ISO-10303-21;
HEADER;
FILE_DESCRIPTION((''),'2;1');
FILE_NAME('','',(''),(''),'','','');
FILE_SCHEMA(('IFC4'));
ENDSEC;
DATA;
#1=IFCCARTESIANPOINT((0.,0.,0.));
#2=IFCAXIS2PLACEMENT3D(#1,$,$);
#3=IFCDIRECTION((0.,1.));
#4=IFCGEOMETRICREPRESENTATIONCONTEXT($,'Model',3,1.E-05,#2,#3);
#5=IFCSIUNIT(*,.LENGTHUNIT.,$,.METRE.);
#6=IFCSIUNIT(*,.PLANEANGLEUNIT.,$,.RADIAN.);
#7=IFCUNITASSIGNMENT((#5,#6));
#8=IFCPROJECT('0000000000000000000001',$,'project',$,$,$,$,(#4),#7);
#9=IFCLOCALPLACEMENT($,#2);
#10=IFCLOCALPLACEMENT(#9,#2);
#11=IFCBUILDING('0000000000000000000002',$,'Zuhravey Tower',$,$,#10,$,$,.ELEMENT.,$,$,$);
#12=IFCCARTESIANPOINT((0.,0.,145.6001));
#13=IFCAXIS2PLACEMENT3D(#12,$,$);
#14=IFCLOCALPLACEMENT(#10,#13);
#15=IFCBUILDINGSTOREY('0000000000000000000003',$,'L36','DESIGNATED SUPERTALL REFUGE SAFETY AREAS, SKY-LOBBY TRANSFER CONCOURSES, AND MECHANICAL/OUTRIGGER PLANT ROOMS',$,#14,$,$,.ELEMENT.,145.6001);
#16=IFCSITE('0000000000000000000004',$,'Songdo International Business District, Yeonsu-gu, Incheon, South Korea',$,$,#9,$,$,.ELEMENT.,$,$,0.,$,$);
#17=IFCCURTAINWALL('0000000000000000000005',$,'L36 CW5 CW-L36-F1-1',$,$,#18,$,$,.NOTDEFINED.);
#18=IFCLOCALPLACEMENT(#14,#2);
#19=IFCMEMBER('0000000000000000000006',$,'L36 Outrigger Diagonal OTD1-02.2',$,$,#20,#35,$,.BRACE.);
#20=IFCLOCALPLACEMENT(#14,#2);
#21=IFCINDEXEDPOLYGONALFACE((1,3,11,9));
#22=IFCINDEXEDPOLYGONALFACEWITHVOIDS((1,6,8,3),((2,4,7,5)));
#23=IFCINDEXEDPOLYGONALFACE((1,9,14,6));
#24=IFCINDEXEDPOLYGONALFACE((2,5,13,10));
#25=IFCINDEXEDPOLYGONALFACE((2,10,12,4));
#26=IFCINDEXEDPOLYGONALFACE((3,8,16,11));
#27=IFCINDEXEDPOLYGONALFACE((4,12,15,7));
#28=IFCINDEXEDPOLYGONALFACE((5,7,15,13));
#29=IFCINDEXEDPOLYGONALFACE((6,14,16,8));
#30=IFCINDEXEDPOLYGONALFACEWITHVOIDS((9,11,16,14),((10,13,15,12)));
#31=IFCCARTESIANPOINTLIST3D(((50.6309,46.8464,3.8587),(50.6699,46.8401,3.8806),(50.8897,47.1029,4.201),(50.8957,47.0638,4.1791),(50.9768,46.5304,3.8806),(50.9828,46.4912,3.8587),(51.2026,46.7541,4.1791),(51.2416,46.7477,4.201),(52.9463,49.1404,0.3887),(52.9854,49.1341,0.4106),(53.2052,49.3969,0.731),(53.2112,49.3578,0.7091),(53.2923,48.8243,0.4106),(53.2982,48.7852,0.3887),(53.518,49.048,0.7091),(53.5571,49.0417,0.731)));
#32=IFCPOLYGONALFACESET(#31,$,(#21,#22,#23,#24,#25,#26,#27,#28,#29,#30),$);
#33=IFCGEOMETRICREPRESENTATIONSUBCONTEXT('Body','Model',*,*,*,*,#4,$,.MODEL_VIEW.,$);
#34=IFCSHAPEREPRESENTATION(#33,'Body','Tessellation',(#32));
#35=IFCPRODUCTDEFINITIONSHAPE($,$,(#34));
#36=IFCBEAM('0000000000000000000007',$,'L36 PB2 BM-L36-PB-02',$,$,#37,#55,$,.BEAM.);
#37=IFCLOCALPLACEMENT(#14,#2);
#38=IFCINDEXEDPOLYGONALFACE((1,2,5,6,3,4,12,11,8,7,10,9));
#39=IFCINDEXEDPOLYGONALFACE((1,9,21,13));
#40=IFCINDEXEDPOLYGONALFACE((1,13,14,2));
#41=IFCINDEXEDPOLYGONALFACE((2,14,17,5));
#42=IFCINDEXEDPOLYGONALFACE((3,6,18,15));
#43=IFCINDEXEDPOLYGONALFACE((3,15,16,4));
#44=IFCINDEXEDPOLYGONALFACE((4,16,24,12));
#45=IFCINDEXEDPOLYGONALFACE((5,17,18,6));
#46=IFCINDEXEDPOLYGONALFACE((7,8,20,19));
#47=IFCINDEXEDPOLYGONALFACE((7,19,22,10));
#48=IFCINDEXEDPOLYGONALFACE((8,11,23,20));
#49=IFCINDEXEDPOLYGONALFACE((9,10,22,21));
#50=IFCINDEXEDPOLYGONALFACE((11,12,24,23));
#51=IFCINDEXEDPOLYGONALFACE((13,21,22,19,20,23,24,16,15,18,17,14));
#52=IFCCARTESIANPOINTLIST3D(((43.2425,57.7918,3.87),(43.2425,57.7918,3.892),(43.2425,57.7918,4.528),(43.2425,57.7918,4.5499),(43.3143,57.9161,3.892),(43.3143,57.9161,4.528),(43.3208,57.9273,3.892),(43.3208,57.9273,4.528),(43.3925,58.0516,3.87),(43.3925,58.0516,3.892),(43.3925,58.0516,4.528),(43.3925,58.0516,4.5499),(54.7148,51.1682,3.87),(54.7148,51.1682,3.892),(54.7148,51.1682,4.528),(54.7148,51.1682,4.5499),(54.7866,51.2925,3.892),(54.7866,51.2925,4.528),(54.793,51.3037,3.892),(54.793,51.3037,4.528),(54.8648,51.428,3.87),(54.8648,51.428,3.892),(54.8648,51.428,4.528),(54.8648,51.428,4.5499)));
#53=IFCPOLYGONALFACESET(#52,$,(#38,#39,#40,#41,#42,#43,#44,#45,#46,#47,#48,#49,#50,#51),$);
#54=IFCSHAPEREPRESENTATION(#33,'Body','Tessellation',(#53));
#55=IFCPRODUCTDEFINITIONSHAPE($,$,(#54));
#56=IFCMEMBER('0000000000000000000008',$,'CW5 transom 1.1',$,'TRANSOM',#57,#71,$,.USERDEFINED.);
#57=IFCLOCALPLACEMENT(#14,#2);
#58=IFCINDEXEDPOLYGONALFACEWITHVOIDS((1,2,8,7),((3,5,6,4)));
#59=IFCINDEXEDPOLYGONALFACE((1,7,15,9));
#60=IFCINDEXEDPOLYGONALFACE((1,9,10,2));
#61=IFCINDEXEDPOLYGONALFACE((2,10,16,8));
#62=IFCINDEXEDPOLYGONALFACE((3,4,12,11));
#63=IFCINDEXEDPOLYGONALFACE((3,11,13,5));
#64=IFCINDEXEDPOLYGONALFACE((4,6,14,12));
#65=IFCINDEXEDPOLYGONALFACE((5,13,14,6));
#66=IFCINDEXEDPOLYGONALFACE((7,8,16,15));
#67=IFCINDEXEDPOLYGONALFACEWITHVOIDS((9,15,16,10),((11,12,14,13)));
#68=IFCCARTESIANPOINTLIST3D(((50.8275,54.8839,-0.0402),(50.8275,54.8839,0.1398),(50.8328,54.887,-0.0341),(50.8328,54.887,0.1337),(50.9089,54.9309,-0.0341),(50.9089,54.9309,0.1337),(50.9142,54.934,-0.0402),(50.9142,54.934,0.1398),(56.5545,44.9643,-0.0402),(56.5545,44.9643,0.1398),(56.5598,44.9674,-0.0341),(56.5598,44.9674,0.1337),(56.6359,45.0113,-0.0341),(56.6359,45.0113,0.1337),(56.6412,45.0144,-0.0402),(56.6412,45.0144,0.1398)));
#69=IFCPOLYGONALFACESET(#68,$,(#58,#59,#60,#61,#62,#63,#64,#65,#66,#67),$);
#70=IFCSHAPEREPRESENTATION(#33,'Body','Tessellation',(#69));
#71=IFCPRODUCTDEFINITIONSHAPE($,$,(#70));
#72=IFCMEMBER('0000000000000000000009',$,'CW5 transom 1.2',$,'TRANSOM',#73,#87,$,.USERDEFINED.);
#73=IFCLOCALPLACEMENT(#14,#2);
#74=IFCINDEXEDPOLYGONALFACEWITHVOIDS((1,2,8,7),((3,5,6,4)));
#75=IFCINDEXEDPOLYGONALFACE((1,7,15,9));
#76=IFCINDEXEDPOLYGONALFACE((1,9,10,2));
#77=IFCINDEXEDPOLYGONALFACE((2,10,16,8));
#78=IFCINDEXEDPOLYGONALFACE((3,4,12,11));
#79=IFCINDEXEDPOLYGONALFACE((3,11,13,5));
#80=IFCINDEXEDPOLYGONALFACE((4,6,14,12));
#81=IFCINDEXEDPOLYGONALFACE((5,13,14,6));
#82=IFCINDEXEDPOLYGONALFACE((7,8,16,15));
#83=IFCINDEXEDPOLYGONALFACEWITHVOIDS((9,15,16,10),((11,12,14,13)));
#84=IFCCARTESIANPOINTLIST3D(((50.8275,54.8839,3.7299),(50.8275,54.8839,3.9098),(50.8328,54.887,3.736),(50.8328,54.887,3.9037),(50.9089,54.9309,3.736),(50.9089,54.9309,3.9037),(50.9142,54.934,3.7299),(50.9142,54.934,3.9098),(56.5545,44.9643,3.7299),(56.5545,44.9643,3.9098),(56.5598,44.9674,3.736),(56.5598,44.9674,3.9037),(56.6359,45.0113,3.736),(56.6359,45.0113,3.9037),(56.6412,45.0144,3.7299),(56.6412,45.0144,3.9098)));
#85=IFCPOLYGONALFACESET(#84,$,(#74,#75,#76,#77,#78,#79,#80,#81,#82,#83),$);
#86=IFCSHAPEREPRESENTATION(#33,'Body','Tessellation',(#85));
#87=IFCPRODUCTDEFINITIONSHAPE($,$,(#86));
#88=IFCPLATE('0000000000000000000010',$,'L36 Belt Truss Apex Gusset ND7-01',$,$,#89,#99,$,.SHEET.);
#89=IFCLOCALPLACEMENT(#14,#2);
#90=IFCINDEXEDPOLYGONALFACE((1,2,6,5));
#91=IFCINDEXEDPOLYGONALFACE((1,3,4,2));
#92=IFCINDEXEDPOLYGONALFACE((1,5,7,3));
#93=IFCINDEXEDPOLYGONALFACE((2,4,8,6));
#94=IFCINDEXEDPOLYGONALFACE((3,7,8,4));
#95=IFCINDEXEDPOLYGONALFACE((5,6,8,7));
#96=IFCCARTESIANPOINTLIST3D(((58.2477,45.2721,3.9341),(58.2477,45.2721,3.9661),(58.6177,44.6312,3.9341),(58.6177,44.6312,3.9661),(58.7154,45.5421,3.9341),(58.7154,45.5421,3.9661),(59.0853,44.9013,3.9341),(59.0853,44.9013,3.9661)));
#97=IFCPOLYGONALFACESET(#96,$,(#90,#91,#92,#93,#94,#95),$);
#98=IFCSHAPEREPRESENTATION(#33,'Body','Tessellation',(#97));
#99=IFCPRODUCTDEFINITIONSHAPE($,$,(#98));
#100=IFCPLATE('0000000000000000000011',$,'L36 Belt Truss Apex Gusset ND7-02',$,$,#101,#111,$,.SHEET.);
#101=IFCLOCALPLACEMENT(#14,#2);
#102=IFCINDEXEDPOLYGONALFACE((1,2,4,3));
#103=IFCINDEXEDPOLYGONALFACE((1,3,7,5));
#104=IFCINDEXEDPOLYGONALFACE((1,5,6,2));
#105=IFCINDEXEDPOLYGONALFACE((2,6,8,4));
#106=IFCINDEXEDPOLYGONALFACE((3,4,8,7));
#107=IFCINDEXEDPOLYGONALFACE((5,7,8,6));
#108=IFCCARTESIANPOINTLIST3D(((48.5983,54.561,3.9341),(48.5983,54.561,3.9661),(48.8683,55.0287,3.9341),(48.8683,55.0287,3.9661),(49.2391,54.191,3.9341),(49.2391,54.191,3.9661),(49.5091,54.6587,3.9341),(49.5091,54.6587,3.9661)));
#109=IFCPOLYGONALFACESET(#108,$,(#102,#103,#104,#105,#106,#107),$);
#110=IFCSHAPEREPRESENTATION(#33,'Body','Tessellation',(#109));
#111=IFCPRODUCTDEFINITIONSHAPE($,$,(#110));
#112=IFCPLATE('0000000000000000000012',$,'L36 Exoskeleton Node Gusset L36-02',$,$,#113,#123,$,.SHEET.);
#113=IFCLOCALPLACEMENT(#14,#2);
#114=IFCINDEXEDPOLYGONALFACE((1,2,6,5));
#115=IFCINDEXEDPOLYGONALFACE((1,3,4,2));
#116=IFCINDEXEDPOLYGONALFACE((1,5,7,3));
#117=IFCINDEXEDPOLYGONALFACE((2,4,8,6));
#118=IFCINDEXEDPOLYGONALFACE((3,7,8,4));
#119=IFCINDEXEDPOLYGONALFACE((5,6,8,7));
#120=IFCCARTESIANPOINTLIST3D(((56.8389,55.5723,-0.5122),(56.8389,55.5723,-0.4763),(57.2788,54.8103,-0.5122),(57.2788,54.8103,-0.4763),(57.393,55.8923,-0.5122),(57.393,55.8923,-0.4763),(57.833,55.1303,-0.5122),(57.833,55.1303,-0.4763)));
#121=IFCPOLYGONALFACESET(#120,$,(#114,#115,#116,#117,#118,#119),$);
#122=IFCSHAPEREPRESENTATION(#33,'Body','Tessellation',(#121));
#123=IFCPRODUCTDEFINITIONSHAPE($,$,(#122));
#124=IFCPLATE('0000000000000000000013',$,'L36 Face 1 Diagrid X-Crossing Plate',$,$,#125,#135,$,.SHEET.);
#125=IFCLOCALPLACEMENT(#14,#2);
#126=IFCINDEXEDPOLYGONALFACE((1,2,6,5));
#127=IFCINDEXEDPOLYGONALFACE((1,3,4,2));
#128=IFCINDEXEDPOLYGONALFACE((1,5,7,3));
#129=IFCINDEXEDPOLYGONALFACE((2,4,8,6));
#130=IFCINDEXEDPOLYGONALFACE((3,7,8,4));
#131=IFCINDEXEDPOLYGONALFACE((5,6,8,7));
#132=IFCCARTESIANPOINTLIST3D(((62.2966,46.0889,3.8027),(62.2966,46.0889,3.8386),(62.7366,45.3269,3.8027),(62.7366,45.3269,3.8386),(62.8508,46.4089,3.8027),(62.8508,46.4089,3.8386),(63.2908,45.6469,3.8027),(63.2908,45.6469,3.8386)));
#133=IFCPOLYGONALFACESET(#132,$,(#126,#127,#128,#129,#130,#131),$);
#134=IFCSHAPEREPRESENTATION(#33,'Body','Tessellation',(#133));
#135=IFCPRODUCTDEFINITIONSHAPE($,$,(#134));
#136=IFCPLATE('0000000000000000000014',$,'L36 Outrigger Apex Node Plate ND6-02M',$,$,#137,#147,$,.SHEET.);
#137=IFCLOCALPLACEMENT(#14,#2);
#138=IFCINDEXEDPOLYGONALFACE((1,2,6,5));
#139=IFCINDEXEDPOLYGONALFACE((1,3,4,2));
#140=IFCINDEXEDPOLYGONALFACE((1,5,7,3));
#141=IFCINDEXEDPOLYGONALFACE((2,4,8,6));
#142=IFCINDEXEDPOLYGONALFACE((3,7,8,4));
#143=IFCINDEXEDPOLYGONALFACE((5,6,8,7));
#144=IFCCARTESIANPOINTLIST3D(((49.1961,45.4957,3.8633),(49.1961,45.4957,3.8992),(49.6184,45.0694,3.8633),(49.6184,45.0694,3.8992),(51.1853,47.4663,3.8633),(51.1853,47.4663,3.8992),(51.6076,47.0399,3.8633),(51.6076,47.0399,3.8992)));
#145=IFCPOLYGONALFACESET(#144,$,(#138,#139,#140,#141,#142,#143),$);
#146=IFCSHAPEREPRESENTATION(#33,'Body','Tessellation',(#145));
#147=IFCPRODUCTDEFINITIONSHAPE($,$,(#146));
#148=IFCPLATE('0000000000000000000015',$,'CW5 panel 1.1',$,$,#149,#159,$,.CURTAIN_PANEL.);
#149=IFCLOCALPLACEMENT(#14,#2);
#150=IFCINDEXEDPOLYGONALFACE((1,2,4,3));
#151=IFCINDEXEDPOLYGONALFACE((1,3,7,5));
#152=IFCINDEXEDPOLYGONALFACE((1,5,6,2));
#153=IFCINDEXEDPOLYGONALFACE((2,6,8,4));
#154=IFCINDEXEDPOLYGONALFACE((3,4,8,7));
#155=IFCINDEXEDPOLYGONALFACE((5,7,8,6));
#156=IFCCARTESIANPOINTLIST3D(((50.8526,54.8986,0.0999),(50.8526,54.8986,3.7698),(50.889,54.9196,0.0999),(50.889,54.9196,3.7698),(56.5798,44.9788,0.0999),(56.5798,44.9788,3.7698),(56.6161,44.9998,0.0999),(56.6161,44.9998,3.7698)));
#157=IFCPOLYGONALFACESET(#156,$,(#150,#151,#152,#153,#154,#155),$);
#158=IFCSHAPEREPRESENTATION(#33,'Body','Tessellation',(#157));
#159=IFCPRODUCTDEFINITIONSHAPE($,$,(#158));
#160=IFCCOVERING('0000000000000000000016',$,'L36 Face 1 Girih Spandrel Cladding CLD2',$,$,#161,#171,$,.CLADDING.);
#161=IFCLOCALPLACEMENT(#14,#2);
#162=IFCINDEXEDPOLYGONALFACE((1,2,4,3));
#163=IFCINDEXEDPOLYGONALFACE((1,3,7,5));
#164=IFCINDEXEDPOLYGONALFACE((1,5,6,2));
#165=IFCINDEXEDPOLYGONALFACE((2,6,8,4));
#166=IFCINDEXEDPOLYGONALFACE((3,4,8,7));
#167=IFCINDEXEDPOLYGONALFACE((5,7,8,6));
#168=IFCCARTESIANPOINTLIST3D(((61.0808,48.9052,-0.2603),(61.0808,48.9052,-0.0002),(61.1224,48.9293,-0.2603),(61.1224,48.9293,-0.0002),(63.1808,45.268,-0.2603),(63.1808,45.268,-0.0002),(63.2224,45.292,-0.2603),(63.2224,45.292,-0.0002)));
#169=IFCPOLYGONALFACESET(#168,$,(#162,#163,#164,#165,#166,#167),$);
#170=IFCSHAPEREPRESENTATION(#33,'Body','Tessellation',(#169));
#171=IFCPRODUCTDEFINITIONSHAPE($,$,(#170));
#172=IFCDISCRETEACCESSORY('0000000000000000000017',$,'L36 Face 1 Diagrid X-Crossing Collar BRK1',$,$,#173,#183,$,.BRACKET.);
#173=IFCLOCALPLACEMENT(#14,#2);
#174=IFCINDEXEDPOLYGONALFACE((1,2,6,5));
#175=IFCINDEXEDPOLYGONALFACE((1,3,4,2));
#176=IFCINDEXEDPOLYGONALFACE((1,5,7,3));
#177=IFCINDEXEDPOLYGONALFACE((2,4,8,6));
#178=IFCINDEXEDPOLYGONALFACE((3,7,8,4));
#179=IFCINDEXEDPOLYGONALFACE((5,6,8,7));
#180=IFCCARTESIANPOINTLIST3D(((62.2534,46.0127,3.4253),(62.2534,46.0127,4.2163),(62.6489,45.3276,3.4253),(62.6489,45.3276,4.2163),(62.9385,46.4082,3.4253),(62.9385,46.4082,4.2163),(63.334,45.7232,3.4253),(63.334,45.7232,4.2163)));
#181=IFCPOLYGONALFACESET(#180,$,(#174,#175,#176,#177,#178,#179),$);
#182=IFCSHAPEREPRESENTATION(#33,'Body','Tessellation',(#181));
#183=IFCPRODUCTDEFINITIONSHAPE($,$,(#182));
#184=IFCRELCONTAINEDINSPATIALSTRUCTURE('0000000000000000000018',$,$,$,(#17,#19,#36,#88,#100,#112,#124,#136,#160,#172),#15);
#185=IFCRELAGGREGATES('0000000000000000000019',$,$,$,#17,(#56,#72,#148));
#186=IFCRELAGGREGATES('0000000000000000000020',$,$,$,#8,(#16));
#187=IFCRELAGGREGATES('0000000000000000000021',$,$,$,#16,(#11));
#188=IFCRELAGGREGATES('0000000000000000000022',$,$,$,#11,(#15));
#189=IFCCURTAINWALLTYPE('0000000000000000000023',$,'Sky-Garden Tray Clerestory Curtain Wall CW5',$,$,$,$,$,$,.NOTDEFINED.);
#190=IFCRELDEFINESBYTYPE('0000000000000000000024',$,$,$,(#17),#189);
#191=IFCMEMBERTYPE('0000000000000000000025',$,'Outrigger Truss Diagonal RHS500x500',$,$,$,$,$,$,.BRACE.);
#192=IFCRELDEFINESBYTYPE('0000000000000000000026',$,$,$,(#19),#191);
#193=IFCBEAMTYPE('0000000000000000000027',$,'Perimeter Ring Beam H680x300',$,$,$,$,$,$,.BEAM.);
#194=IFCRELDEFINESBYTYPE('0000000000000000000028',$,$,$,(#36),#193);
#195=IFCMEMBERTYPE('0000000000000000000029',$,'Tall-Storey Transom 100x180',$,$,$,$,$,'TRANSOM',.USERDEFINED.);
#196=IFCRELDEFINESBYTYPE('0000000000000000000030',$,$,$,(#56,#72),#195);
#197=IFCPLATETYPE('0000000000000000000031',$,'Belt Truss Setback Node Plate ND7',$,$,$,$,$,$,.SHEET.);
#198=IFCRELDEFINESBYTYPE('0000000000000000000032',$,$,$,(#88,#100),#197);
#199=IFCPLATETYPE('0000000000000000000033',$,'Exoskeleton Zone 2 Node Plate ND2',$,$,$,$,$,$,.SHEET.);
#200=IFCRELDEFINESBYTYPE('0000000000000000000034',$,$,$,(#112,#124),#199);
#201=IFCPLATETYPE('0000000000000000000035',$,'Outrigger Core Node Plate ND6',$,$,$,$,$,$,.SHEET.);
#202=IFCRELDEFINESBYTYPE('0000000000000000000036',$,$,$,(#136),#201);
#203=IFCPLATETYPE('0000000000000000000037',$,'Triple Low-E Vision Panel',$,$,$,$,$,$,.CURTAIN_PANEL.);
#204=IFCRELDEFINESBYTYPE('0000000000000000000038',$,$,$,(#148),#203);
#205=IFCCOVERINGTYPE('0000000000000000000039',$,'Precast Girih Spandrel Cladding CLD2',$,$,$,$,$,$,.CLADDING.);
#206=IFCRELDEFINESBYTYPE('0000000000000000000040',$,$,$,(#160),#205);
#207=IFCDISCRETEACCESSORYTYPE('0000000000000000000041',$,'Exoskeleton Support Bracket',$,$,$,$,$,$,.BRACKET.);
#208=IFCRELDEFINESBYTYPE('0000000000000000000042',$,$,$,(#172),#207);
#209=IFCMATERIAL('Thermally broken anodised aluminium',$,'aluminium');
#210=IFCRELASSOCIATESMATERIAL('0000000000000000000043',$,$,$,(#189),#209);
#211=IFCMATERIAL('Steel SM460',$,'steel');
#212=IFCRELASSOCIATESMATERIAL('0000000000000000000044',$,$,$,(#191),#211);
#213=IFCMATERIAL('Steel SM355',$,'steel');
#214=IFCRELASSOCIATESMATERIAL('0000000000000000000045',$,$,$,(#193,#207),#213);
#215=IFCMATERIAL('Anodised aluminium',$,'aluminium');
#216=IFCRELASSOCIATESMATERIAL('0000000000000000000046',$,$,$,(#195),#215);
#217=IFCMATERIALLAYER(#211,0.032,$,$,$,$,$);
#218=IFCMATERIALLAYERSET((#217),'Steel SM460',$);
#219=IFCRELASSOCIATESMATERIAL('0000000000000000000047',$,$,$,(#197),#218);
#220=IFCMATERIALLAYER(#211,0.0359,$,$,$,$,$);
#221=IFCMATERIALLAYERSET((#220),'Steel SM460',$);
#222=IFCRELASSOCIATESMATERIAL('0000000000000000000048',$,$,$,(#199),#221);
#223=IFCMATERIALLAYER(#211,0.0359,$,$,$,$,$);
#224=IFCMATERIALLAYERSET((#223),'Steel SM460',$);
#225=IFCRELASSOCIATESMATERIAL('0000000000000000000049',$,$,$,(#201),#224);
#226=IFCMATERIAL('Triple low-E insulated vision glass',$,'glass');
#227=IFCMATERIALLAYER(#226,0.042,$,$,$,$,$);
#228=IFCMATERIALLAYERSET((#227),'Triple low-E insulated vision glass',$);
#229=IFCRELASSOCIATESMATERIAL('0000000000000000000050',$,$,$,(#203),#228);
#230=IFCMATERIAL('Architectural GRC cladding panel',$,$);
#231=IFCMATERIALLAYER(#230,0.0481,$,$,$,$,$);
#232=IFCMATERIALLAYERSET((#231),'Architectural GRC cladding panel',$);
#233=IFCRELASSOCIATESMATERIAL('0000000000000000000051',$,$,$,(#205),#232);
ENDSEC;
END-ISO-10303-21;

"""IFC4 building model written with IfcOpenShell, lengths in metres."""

from ifc_helpers import new_model, si_unit, direction, frame, origin, origin_2d, place, context, subcontext, project, spatial, rectangle, hollow_rectangle, i_section, extrude, material, layer, layer_set, material_profile, profile_set, type_object, element, aggregate, save


model = new_model("IFC4")

# Units and contexts
model_context = context("Model", 3, precision=1e-05, world=origin(), true_north=direction((0.0, 1.0)))
body_context = subcontext(model_context, "Body", "Model", "MODEL_VIEW")
ifc_project = project(units=[si_unit("LENGTHUNIT", "METRE"), si_unit("PLANEANGLEUNIT", "RADIAN")], contexts=[model_context])

# Site, building, storey
site_placement = place(None, origin())
site = spatial("IfcSite", under=ifc_project, at=site_placement, Name="Songdo International Business District, Yeonsu-gu, Incheon, South Korea", CompositionType="ELEMENT", RefElevation=0.0)
building_placement = place(site_placement, origin())
building = spatial("IfcBuilding", under=site, at=building_placement, Name="Zuhravey Tower", CompositionType="ELEMENT")
storey_placement = place(building_placement, frame((0.0, 0.0, 145.6001)))
storey = spatial("IfcBuildingStorey", under=building, at=storey_placement, Name="L36", Description="DESIGNATED SUPERTALL REFUGE SAFETY AREAS, SKY-LOBBY TRANSFER CONCOURSES, AND MECHANICAL/OUTRIGGER PLANT ROOMS", CompositionType="ELEMENT", Elevation=145.6001)

# Shared definitions
ifc_material_1 = material(Name="Steel SM355", Category="steel")
ifc_material_2 = material(Name="Steel SM460", Category="steel")

# Curtain wall
ifc_material_3 = material(Name="Thermally broken anodised aluminium", Category="aluminium")
curtain_wall_type = type_object("IfcCurtainWallType", Name="Sky-Garden Tray Clerestory Curtain Wall CW5", PredefinedType="NOTDEFINED", material=ifc_material_3)
curtain_wall_placement = place(storey_placement, origin())
curtain_wall = element("IfcCurtainWall", 1, at=curtain_wall_placement, inside=storey, type_object=curtain_wall_type, Name="L36 CW5 CW-L36-F1-1", PredefinedType="NOTDEFINED")
ifc_material_4 = material(Name="Anodised aluminium", Category="aluminium")

# Member
ifc_material_profile_1 = material_profile(ifc_material_2, hollow_rectangle(XDim=0.5, YDim=0.5, WallThickness=0.032, at=origin_2d()), Name="RHS-500x500x32")
ifc_profile_set_1 = profile_set([ifc_material_profile_1], Name="Steel SM460")
member_type_1 = type_object("IfcMemberType", Name="Outrigger Truss Diagonal RHS500x500", PredefinedType="BRACE", material=ifc_profile_set_1)
member_1_placement = place(storey_placement, frame((53.2517, 49.0911, 0.5598), z_axis=(-0.486365, -0.481852, 0.728881), x_axis=(0.703803, -0.710395, 0.0)))
element("IfcMember", 2, at=member_1_placement, inside=storey, type_object=member_type_1, Name="L36 Outrigger Diagonal OTD1-02.2", PredefinedType="BRACE", context=body_context, shape_type="SweptSolid", body=[
    extrude(hollow_rectangle(XDim=0.5, YDim=0.5, WallThickness=0.032, at=origin_2d()), origin(), (0.0, 0.0, 1.0), 4.7607),
])

# Beam
ifc_material_profile_2 = material_profile(ifc_material_1, i_section(OverallWidth=0.3, OverallDepth=0.6799, WebThickness=0.0129, FlangeThickness=0.022, at=origin_2d()), Name="H-680x300x13x22")
ifc_profile_set_2 = profile_set([ifc_material_profile_2], Name="Steel SM355")
beam_type = type_object("IfcBeamType", Name="Perimeter Ring Beam H680x300", PredefinedType="BEAM", material=ifc_profile_set_2)
beam_placement = place(storey_placement, frame((54.7898, 51.2981, 4.21), z_axis=(-0.866023, 0.500004, 0.0), x_axis=(-0.500004, -0.866023, 0.0)))
element("IfcBeam", 3, at=beam_placement, inside=storey, type_object=beam_type, Name="L36 PB2 BM-L36-PB-02", PredefinedType="BEAM", context=body_context, shape_type="SweptSolid", body=[
    extrude(i_section(OverallWidth=0.3, OverallDepth=0.6799, WebThickness=0.0129, FlangeThickness=0.022, at=origin_2d()), origin(), (0.0, 0.0, 1.0), 13.2471),
])

# Members
ifc_material_profile_3 = material_profile(ifc_material_4, hollow_rectangle(XDim=0.1001, YDim=0.1799, WallThickness=0.0061, at=origin_2d()), Name="ALU-RHS-100x180x6")
ifc_profile_set_3 = profile_set([ifc_material_profile_3], Name="Anodised aluminium")
member_type_2 = type_object("IfcMemberType", Name="Tall-Storey Transom 100x180", ElementType="TRANSOM", PredefinedType="USERDEFINED", material=ifc_profile_set_3)
member_2_placement = place(storey_placement, frame((50.8708, 54.9089, 0.0498), z_axis=(0.499995, -0.866028, 0.0), x_axis=(0.866028, 0.499995, 0.0)))
member_2 = element("IfcMember", 4, at=member_2_placement, type_object=member_type_2, Name="CW5 transom 1.1", ObjectType="TRANSOM", PredefinedType="USERDEFINED", context=body_context, shape_type="SweptSolid", body=[
    extrude(hollow_rectangle(XDim=0.1001, YDim=0.1799, WallThickness=0.0061, at=origin_2d()), origin(), (0.0, 0.0, 1.0), 11.4541),
])
member_3_placement = place(storey_placement, frame((50.8708, 54.9089, 3.8198), z_axis=(0.499995, -0.866028, 0.0), x_axis=(0.866028, 0.499995, 0.0)))
member_3 = element("IfcMember", 5, at=member_3_placement, type_object=member_type_2, Name="CW5 transom 1.2", ObjectType="TRANSOM", PredefinedType="USERDEFINED", context=body_context, shape_type="SweptSolid", body=[
    extrude(hollow_rectangle(XDim=0.1001, YDim=0.1799, WallThickness=0.0061, at=origin_2d()), origin(), (0.0, 0.0, 1.0), 11.4541),
])

# Plates
ifc_layer_1 = layer(ifc_material_2, 0.032)
ifc_layer_set_1 = layer_set([ifc_layer_1], Name="Steel SM460")
plate_type_1 = type_object("IfcPlateType", Name="Belt Truss Setback Node Plate ND7", PredefinedType="SHEET", material=ifc_layer_set_1)
for number, where, z_axis, x_axis, name in (
    (6, (58.6665, 45.0867, 3.9341), (0.0, 0.0, 1.0), (-0.5, 0.866025, 0.0), "L36 Belt Truss Apex Gusset ND7-01"),
    (7, (49.0537, 54.6099, 3.9341), (0.0, 0.0, 1.0), (-0.866025, 0.5, 0.0), "L36 Belt Truss Apex Gusset ND7-02"),
):
    element("IfcPlate", number, at=place(storey_placement, frame(where, z_axis=z_axis, x_axis=x_axis)), inside=storey, type_object=plate_type_1, Name=name, PredefinedType="SHEET", context=body_context, shape_type="SweptSolid", body=[
        extrude(rectangle(XDim=0.74, YDim=0.54, at=origin_2d()), origin(), (0.0, 0.0, 1.0), 0.032),
    ])
ifc_layer_2 = layer(ifc_material_2, 0.0359)
ifc_layer_set_2 = layer_set([ifc_layer_2], Name="Steel SM460")
plate_type_2 = type_object("IfcPlateType", Name="Exoskeleton Zone 2 Node Plate ND2", PredefinedType="SHEET", material=ifc_layer_set_2)
for number, where, z_axis, x_axis, name in (
    (8, (57.3359, 55.3513, -0.5122), (0.0, 0.0, 1.0), (-0.5, 0.866025, 0.0), "L36 Exoskeleton Node Gusset L36-02"),
    (9, (62.7937, 45.8679, 3.8027), (0.0, 0.0, 1.0), (-0.5, 0.866025, 0.0), "L36 Face 1 Diagrid X-Crossing Plate"),
):
    element("IfcPlate", number, at=place(storey_placement, frame(where, z_axis=z_axis, x_axis=x_axis)), inside=storey, type_object=plate_type_2, Name=name, PredefinedType="SHEET", context=body_context, shape_type="SweptSolid", body=[
        extrude(rectangle(XDim=0.8799, YDim=0.6399, at=origin_2d()), origin(), (0.0, 0.0, 1.0), 0.0359),
    ])
ifc_layer_3 = layer(ifc_material_2, 0.0359)
ifc_layer_set_3 = layer_set([ifc_layer_3], Name="Steel SM460")
plate_type_3 = type_object("IfcPlateType", Name="Outrigger Core Node Plate ND6", PredefinedType="SHEET", material=ifc_layer_set_3)
plate_1_placement = place(storey_placement, frame((50.4019, 46.2678, 3.8633), z_axis=(0.0, 0.0, 1.0), x_axis=(0.710431, 0.703767, 0.0)))
element("IfcPlate", 10, at=plate_1_placement, inside=storey, type_object=plate_type_3, Name="L36 Outrigger Apex Node Plate ND6-02M", PredefinedType="SHEET", context=body_context, shape_type="SweptSolid", body=[
    extrude(rectangle(XDim=2.8, YDim=0.6001, at=origin_2d()), origin(), (0.0, 0.0, 1.0), 0.0359),
])

# Plate
ifc_material_5 = material(Name="Triple low-E insulated vision glass", Category="glass")
ifc_layer_4 = layer(ifc_material_5, 0.042)
ifc_layer_set_4 = layer_set([ifc_layer_4], Name="Triple low-E insulated vision glass")
plate_type_4 = type_object("IfcPlateType", Name="Triple Low-E Vision Panel", PredefinedType="CURTAIN_PANEL", material=ifc_layer_set_4)
plate_2_placement = place(storey_placement, frame((53.7344, 49.9492, 0.0999), z_axis=(0.0, 0.0, 1.0), x_axis=(0.499998, -0.866027, 0.0)))
plate_2 = element("IfcPlate", 11, at=plate_2_placement, type_object=plate_type_4, Name="CW5 panel 1.1", PredefinedType="CURTAIN_PANEL", context=body_context, shape_type="SweptSolid", body=[
    extrude(rectangle(XDim=11.4543, YDim=0.042, at=origin_2d()), origin(), (0.0, 0.0, 1.0), 3.6699),
])
aggregate(curtain_wall, [member_2, member_3, plate_2])

# Covering
ifc_material_6 = material(Name="Architectural GRC cladding panel")
ifc_layer_5 = layer(ifc_material_6, 0.0481)
ifc_layer_set_5 = layer_set([ifc_layer_5], Name="Architectural GRC cladding panel")
covering_type = type_object("IfcCoveringType", Name="Precast Girih Spandrel Cladding CLD2", PredefinedType="CLADDING", material=ifc_layer_set_5)
covering_placement = place(storey_placement, frame((62.1516, 47.0986, -0.2603), z_axis=(0.0, 0.0, 1.0), x_axis=(0.5, -0.866025, 0.0)))
element("IfcCovering", 12, at=covering_placement, inside=storey, type_object=covering_type, Name="L36 Face 1 Girih Spandrel Cladding CLD2", PredefinedType="CLADDING", context=body_context, shape_type="SweptSolid", body=[
    extrude(rectangle(XDim=4.2, YDim=0.0481, at=origin_2d()), origin(), (0.0, 0.0, 1.0), 0.26),
])

# Discrete accessory
discrete_accessory_type = type_object("IfcDiscreteAccessoryType", Name="Exoskeleton Support Bracket", PredefinedType="BRACKET", material=ifc_material_1)
discrete_accessory_placement = place(storey_placement, frame((62.7937, 45.8679, 3.4253), z_axis=(0.0, 0.0, 1.0), x_axis=(-0.5, 0.866025, 0.0)))
element("IfcDiscreteAccessory", 13, at=discrete_accessory_placement, inside=storey, type_object=discrete_accessory_type, Name="L36 Face 1 Diagrid X-Crossing Collar BRK1", PredefinedType="BRACKET", context=body_context, shape_type="SweptSolid", body=[
    extrude(rectangle(XDim=0.791, YDim=0.791, at=origin_2d()), origin(), (0.0, 0.0, 1.0), 0.791),
])

save(model, "model.ifc")
